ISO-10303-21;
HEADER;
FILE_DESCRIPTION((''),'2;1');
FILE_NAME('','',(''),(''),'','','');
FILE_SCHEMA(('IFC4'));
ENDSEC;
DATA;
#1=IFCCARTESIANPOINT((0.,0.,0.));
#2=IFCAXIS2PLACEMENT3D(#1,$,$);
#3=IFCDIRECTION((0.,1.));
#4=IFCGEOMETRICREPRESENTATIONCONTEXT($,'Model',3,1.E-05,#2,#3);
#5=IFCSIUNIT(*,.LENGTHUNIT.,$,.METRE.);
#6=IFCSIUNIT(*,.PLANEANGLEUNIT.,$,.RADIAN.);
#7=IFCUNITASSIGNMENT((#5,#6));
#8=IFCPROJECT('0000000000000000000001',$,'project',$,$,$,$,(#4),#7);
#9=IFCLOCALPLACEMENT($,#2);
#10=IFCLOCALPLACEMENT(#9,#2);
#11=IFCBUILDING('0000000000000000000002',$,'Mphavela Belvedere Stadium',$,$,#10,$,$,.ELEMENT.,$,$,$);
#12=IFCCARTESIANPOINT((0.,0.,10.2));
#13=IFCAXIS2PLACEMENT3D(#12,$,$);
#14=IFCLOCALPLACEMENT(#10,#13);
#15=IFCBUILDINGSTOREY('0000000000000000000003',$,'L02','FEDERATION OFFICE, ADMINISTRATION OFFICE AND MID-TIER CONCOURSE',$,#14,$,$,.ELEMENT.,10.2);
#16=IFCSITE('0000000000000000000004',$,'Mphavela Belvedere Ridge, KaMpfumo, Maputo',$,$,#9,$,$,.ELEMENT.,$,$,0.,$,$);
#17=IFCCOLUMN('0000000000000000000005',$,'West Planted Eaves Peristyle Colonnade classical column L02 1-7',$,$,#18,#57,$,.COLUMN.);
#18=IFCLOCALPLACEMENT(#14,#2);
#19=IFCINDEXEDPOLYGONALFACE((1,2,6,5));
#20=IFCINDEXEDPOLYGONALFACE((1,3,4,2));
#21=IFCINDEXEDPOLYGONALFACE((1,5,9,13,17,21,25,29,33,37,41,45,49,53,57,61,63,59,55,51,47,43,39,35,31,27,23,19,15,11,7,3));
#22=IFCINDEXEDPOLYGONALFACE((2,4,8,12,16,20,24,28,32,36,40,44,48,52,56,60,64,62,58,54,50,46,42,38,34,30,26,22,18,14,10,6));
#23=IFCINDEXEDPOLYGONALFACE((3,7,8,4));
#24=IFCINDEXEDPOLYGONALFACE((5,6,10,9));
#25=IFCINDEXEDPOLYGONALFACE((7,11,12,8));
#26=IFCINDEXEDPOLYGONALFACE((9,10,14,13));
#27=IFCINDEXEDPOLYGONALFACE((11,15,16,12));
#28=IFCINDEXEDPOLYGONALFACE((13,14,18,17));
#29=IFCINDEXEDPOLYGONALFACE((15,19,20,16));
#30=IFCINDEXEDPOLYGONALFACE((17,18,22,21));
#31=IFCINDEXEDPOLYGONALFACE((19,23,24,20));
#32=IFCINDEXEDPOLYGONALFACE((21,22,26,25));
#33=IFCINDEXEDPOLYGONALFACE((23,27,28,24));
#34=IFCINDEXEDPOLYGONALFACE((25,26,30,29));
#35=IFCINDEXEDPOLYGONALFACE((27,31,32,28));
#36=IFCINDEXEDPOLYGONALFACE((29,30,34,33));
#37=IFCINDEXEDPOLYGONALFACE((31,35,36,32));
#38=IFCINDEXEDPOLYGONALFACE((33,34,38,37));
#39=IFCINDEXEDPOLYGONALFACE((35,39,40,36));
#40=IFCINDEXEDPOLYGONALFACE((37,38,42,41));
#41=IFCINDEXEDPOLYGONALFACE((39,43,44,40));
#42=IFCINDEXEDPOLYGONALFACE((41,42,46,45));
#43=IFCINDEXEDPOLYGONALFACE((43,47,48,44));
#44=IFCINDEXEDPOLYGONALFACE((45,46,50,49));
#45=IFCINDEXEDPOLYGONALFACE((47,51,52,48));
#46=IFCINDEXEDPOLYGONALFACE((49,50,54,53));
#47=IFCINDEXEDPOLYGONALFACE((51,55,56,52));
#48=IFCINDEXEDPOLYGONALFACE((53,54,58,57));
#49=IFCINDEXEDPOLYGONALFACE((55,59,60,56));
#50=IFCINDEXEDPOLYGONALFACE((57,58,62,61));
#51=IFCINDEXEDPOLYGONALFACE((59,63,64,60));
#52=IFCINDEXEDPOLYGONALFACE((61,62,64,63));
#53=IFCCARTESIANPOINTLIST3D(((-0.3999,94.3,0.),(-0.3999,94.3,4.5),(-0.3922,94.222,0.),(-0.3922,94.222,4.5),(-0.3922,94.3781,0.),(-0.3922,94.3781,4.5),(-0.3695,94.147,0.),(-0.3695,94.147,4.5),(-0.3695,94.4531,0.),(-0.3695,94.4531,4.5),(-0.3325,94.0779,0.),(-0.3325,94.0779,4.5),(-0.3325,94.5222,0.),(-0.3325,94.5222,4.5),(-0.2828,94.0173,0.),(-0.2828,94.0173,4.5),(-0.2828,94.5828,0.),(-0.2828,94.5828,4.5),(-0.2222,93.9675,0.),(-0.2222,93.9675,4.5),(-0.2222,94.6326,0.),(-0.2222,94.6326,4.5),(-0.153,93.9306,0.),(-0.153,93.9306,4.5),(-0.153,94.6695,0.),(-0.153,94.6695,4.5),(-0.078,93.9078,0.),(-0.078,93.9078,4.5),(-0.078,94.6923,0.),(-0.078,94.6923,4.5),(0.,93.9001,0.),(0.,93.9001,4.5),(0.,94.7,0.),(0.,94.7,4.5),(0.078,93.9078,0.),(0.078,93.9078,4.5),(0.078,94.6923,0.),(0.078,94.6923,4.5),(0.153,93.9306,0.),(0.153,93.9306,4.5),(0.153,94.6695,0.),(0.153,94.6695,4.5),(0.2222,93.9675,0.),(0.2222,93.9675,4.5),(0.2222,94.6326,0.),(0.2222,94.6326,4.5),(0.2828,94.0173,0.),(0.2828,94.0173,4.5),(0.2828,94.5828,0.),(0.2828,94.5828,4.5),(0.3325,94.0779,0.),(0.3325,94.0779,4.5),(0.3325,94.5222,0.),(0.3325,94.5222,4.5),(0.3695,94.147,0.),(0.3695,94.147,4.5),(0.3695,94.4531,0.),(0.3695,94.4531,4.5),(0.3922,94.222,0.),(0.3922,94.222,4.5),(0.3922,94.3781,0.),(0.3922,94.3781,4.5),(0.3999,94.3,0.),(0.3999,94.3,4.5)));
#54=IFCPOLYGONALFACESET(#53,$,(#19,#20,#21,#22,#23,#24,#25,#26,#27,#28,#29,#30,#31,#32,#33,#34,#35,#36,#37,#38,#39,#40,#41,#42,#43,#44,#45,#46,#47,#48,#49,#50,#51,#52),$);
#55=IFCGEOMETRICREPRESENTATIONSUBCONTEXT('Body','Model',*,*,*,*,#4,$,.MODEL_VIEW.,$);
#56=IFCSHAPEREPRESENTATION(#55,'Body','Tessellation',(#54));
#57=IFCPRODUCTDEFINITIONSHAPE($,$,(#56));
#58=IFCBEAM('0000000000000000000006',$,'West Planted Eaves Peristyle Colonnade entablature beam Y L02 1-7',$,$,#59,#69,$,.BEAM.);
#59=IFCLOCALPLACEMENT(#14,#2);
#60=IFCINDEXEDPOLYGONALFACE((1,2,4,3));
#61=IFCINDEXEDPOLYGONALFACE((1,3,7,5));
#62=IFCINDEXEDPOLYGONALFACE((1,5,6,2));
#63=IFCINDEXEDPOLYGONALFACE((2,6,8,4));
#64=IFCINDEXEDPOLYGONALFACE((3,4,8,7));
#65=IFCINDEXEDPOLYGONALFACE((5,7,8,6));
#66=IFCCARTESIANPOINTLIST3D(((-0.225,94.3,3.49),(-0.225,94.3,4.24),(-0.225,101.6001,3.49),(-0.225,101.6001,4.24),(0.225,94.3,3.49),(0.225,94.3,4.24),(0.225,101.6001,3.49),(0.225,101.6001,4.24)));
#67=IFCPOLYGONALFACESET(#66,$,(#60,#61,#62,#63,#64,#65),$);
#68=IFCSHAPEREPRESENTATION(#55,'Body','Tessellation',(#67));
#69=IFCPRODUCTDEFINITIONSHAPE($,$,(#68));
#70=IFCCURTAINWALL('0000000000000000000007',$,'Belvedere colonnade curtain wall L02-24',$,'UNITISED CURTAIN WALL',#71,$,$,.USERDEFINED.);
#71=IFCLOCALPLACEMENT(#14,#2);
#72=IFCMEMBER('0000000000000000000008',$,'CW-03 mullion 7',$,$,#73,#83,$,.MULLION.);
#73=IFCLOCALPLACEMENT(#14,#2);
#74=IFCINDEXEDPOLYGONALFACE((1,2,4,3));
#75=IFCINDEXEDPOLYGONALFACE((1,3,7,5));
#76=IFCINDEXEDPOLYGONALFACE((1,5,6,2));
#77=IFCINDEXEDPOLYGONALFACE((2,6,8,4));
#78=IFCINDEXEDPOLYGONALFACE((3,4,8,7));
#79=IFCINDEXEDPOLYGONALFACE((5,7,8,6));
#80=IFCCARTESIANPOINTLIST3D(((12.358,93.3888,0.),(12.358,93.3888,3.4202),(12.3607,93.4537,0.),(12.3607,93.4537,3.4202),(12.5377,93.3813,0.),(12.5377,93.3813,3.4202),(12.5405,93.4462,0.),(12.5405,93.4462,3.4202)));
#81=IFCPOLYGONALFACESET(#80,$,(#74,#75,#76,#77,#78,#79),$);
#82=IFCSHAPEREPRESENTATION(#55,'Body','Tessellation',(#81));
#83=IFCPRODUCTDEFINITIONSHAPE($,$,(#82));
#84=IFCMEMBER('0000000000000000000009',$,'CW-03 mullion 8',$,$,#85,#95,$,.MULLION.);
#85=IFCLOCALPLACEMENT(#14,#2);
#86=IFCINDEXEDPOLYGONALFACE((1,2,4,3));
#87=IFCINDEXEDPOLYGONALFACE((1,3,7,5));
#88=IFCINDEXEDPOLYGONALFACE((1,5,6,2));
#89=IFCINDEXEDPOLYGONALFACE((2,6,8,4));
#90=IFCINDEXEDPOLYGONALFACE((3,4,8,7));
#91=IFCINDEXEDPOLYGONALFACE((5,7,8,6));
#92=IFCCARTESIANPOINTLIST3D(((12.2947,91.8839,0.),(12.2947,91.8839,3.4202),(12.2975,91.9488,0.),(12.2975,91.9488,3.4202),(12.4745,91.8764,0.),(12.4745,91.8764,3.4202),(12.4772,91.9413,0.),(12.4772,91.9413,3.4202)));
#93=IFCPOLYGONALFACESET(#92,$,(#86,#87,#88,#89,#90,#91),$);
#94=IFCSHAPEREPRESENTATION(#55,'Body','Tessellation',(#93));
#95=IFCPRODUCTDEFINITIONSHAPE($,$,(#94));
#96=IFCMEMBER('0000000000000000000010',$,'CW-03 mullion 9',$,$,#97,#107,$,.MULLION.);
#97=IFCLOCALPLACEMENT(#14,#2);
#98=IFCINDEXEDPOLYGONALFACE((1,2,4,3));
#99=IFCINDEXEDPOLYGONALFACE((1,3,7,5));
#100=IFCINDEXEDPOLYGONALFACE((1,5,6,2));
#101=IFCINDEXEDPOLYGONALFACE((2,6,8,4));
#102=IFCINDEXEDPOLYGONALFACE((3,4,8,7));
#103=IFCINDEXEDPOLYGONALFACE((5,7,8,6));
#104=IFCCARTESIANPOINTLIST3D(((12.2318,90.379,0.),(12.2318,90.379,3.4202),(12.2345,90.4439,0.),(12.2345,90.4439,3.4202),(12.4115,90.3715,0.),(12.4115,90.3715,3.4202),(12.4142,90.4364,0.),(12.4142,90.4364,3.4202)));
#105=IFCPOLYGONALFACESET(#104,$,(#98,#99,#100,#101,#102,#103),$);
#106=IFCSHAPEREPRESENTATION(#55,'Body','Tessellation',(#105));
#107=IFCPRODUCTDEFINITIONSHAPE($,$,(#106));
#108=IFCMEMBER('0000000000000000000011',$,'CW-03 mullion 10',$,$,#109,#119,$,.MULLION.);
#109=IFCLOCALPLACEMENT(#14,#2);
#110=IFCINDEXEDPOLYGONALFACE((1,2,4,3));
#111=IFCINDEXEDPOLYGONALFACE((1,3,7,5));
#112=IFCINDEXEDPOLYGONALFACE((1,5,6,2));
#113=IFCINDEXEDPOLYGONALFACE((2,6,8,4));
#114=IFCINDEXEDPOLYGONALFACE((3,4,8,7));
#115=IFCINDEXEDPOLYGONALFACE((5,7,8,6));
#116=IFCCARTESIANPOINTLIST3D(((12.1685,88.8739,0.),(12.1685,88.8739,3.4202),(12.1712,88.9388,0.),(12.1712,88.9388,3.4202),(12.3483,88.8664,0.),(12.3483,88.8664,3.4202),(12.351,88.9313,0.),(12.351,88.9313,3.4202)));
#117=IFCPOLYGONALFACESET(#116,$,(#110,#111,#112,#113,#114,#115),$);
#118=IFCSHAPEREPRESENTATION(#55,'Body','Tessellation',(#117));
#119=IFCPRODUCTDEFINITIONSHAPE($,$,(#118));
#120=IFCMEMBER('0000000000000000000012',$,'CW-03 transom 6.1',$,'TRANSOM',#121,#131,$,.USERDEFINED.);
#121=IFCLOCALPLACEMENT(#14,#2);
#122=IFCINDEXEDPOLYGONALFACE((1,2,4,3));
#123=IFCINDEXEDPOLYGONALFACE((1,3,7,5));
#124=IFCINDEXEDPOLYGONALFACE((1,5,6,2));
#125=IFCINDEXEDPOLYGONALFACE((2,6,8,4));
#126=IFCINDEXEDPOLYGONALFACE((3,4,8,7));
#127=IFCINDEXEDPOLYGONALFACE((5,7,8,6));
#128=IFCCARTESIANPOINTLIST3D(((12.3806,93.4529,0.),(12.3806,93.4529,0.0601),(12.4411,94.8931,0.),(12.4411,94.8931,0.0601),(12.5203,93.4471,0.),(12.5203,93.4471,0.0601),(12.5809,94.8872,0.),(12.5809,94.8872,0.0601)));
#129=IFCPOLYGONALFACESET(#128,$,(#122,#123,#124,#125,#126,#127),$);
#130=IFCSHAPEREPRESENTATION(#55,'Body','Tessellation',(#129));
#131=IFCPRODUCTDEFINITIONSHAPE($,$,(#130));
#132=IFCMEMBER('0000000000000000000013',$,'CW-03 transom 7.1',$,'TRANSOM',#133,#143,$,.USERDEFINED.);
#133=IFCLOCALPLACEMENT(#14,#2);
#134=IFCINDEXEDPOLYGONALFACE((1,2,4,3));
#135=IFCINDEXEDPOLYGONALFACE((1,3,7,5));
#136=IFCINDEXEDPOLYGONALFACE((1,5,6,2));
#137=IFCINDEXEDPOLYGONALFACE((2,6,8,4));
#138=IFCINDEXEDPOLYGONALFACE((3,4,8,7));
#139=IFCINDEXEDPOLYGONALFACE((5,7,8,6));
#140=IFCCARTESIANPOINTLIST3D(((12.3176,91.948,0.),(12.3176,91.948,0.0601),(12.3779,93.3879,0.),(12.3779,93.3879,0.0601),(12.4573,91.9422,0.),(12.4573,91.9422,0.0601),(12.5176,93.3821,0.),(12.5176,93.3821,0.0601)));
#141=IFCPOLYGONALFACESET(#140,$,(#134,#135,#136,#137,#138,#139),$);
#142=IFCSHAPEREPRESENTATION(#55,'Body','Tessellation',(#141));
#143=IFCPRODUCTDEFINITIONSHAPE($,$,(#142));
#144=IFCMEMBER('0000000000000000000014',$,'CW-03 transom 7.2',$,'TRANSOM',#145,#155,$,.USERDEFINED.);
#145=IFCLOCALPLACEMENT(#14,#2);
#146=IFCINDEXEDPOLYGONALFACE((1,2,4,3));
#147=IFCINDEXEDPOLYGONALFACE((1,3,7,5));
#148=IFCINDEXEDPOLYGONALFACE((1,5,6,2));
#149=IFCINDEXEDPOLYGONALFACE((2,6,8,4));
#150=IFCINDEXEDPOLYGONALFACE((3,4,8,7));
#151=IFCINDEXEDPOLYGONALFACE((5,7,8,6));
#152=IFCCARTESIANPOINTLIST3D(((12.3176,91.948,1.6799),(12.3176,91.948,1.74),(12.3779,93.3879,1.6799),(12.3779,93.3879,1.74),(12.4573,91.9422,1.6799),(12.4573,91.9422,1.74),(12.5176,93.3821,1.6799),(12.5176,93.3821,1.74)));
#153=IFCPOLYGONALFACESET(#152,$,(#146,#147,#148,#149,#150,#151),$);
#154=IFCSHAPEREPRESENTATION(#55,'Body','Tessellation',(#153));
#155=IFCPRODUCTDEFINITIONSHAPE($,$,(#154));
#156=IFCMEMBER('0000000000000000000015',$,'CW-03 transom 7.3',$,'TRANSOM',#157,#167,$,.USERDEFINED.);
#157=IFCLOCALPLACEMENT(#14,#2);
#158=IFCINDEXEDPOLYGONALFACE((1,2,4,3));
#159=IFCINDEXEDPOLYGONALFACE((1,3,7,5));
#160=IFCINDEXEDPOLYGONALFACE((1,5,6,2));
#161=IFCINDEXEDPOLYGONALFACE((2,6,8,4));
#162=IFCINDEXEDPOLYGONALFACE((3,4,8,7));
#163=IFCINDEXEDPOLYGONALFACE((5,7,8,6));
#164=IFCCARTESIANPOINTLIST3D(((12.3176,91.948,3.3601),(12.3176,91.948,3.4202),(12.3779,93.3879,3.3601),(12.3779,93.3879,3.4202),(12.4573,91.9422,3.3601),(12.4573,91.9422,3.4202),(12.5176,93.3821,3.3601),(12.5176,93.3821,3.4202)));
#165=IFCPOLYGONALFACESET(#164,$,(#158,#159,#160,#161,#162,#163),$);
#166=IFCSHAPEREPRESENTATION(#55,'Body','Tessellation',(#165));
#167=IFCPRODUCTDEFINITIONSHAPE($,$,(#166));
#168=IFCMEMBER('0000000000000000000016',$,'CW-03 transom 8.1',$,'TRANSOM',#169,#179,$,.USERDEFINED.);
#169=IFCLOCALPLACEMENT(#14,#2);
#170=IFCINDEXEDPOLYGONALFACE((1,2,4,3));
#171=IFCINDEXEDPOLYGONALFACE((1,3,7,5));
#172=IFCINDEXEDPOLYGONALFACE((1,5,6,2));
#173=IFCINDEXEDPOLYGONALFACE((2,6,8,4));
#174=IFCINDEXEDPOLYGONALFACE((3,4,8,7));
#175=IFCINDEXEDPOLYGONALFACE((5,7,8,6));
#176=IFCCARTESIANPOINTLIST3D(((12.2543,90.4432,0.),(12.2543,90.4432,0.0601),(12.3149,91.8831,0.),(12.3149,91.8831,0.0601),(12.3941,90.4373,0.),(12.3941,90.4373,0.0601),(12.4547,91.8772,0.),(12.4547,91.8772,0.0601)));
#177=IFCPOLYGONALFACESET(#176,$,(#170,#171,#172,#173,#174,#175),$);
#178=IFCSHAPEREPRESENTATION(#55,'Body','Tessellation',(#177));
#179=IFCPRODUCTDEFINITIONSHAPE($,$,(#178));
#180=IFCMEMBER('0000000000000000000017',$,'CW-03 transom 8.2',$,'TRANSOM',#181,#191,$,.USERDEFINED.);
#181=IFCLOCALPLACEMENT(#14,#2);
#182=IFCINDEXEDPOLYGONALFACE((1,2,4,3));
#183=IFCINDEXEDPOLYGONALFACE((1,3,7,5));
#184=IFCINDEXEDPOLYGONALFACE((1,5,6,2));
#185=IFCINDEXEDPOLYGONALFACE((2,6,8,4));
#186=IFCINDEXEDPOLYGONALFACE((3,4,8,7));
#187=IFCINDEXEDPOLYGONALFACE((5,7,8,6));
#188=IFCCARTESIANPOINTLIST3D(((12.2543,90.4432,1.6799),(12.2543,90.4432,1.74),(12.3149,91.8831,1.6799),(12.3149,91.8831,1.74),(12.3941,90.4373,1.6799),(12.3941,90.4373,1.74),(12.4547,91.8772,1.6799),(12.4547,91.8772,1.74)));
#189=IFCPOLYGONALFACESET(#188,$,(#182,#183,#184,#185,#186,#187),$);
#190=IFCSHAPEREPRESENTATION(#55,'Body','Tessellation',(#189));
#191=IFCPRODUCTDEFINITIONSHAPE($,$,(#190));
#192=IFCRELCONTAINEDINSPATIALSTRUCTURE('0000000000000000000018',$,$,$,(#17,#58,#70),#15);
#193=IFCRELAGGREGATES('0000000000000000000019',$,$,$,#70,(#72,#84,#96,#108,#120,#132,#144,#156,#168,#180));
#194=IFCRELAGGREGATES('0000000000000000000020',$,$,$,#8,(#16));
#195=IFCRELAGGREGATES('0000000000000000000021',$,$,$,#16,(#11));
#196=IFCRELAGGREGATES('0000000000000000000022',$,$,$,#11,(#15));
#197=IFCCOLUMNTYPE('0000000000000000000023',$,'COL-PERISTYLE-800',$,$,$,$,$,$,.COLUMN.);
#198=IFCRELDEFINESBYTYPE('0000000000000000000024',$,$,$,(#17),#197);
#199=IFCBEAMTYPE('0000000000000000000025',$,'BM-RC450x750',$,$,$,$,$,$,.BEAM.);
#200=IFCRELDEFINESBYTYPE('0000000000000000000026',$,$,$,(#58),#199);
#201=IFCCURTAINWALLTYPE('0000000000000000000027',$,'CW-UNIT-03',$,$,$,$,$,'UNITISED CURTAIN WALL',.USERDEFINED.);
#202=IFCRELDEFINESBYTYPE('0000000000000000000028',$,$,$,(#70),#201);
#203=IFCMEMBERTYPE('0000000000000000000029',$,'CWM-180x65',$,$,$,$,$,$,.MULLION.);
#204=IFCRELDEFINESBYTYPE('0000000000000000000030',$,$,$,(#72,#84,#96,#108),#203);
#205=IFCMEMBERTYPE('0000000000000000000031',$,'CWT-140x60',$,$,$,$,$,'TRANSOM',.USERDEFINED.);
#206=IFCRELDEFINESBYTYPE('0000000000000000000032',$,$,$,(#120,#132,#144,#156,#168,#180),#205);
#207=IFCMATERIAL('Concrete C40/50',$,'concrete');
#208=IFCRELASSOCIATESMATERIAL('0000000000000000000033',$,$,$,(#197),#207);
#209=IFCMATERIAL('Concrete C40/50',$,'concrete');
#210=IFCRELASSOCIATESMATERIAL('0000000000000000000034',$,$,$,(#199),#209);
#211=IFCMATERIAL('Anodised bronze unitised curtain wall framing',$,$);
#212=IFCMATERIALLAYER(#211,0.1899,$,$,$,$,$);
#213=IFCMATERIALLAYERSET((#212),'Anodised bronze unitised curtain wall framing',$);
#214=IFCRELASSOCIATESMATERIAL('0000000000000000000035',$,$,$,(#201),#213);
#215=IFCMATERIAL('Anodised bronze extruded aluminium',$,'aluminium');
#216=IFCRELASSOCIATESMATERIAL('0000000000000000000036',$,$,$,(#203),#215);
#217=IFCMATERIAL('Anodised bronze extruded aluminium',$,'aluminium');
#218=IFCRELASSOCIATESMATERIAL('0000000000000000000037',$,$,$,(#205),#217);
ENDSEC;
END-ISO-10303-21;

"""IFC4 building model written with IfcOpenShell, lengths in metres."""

from ifc_helpers import new_model, si_unit, direction, frame, origin, origin_2d, place, context, subcontext, project, spatial, rectangle, circle, extrude, material, layer, layer_set, material_profile, profile_set, type_object, element, aggregate, save


model = new_model("IFC4")

# Units and contexts
model_context = context("Model", 3, precision=1e-05, world=origin(), true_north=direction((0.0, 1.0)))
body_context = subcontext(model_context, "Body", "Model", "MODEL_VIEW")
ifc_project = project(units=[si_unit("LENGTHUNIT", "METRE"), si_unit("PLANEANGLEUNIT", "RADIAN")], contexts=[model_context])

# Site, building, storey
site_placement = place(None, origin())
site = spatial("IfcSite", under=ifc_project, at=site_placement, Name="Mphavela Belvedere Ridge, KaMpfumo, Maputo", CompositionType="ELEMENT", RefElevation=0.0)
building_placement = place(site_placement, origin())
building = spatial("IfcBuilding", under=site, at=building_placement, Name="Mphavela Belvedere Stadium", CompositionType="ELEMENT")
storey_placement = place(building_placement, frame((0.0, 0.0, 10.2)))
storey = spatial("IfcBuildingStorey", under=building, at=storey_placement, Name="L02", Description="FEDERATION OFFICE, ADMINISTRATION OFFICE AND MID-TIER CONCOURSE", CompositionType="ELEMENT", Elevation=10.2)

# Column
ifc_material_1 = material(Name="Concrete C40/50", Category="concrete")
ifc_material_profile_1 = material_profile(ifc_material_1, circle(Radius=0.3999, at=origin_2d()), Name="COL D800")
ifc_profile_set_1 = profile_set([ifc_material_profile_1], Name="Concrete C40/50")
column_type = type_object("IfcColumnType", Name="COL-PERISTYLE-800", PredefinedType="COLUMN", material=ifc_profile_set_1)
column_placement = place(storey_placement, frame((0.0, 94.3, 0.0), z_axis=(0.0, 0.0, 1.0), x_axis=(1.0, 0.0, 0.0)))
element("IfcColumn", 1, at=column_placement, inside=storey, type_object=column_type, Name="West Planted Eaves Peristyle Colonnade classical column L02 1-7", PredefinedType="COLUMN", context=body_context, shape_type="SweptSolid", body=[
    extrude(circle(Radius=0.3999, at=origin_2d()), origin(), (0.0, 0.0, 1.0), 4.5),
])

# Beam
ifc_material_2 = material(Name="Concrete C40/50", Category="concrete")
ifc_material_profile_2 = material_profile(ifc_material_2, rectangle(XDim=0.45, YDim=0.75, at=origin_2d()), Name="RC 450x750")
ifc_profile_set_2 = profile_set([ifc_material_profile_2], Name="Concrete C40/50")
beam_type = type_object("IfcBeamType", Name="BM-RC450x750", PredefinedType="BEAM", material=ifc_profile_set_2)
beam_placement = place(storey_placement, frame((0.0, 94.3, 3.865), z_axis=(0.0, 1.0, 0.0), x_axis=(-1.0, 0.0, 0.0)))
element("IfcBeam", 2, at=beam_placement, inside=storey, type_object=beam_type, Name="West Planted Eaves Peristyle Colonnade entablature beam Y L02 1-7", PredefinedType="BEAM", context=body_context, shape_type="SweptSolid", body=[
    extrude(rectangle(XDim=0.45, YDim=0.75, at=origin_2d()), origin(), (0.0, 0.0, 1.0), 7.3),
])

# Curtain wall, members
ifc_material_3 = material(Name="Anodised bronze unitised curtain wall framing")
ifc_layer_1 = layer(ifc_material_3, 0.1899)
ifc_layer_set_1 = layer_set([ifc_layer_1], Name="Anodised bronze unitised curtain wall framing")
curtain_wall_type = type_object("IfcCurtainWallType", Name="CW-UNIT-03", ElementType="UNITISED CURTAIN WALL", PredefinedType="USERDEFINED", material=ifc_layer_set_1)
curtain_wall_placement = place(storey_placement, origin())
curtain_wall = element("IfcCurtainWall", 3, at=curtain_wall_placement, inside=storey, type_object=curtain_wall_type, Name="Belvedere colonnade curtain wall L02-24", ObjectType="UNITISED CURTAIN WALL", PredefinedType="USERDEFINED")
ifc_material_4 = material(Name="Anodised bronze extruded aluminium", Category="aluminium")
ifc_material_profile_3 = material_profile(ifc_material_4, rectangle(XDim=0.1799, YDim=0.0649, at=origin_2d()), Name="CW-MUL 180x65")
ifc_profile_set_3 = profile_set([ifc_material_profile_3], Name="Anodised bronze extruded aluminium")
member_type_1 = type_object("IfcMemberType", Name="CWM-180x65", PredefinedType="MULLION", material=ifc_profile_set_3)
member_1_placement = place(storey_placement, frame((12.4492, 93.4175, 0.0), z_axis=(0.0, 0.0, 1.0), x_axis=(0.999122, -0.041904, 0.0)))
member_1 = element("IfcMember", 4, at=member_1_placement, type_object=member_type_1, Name="CW-03 mullion 7", PredefinedType="MULLION", context=body_context, shape_type="SweptSolid", body=[
    extrude(rectangle(XDim=0.1799, YDim=0.0649, at=origin_2d()), origin(), (0.0, 0.0, 1.0), 3.4202),
])
member_2_placement = place(storey_placement, frame((12.386, 91.9126, 0.0), z_axis=(0.0, 0.0, 1.0), x_axis=(0.999122, -0.041904, 0.0)))
member_2 = element("IfcMember", 5, at=member_2_placement, type_object=member_type_1, Name="CW-03 mullion 8", PredefinedType="MULLION", context=body_context, shape_type="SweptSolid", body=[
    extrude(rectangle(XDim=0.1799, YDim=0.0649, at=origin_2d()), origin(), (0.0, 0.0, 1.0), 3.4202),
])
member_3_placement = place(storey_placement, frame((12.323, 90.4077, 0.0), z_axis=(0.0, 0.0, 1.0), x_axis=(0.999122, -0.041904, 0.0)))
member_3 = element("IfcMember", 6, at=member_3_placement, type_object=member_type_1, Name="CW-03 mullion 9", PredefinedType="MULLION", context=body_context, shape_type="SweptSolid", body=[
    extrude(rectangle(XDim=0.1799, YDim=0.0649, at=origin_2d()), origin(), (0.0, 0.0, 1.0), 3.4202),
])
member_4_placement = place(storey_placement, frame((12.2598, 88.9026, 0.0), z_axis=(0.0, 0.0, 1.0), x_axis=(0.999122, -0.041904, 0.0)))
member_4 = element("IfcMember", 7, at=member_4_placement, type_object=member_type_1, Name="CW-03 mullion 10", PredefinedType="MULLION", context=body_context, shape_type="SweptSolid", body=[
    extrude(rectangle(XDim=0.1799, YDim=0.0649, at=origin_2d()), origin(), (0.0, 0.0, 1.0), 3.4202),
])
ifc_material_5 = material(Name="Anodised bronze extruded aluminium", Category="aluminium")
ifc_material_profile_4 = material_profile(ifc_material_5, rectangle(XDim=0.1399, YDim=0.0601, at=origin_2d()), Name="CW-TRN 140x60")
ifc_profile_set_4 = profile_set([ifc_material_profile_4], Name="Anodised bronze extruded aluminium")
member_type_2 = type_object("IfcMemberType", Name="CWT-140x60", ElementType="TRANSOM", PredefinedType="USERDEFINED", material=ifc_profile_set_4)
member_5_placement = place(storey_placement, frame((12.511, 94.8901, 0.03), z_axis=(-0.042004, -0.999117, 0.0), x_axis=(0.999117, -0.042004, 0.0)))
member_5 = element("IfcMember", 8, at=member_5_placement, type_object=member_type_2, Name="CW-03 transom 6.1", ObjectType="TRANSOM", PredefinedType="USERDEFINED", context=body_context, shape_type="SweptSolid", body=[
    extrude(rectangle(XDim=0.1399, YDim=0.0601, at=origin_2d()), origin(), (0.0, 0.0, 1.0), 1.4414),
])
member_6_placement = place(storey_placement, frame((12.4478, 93.385, 0.03), z_axis=(-0.041842, -0.999124, 0.0), x_axis=(0.999124, -0.041842, 0.0)))
member_6 = element("IfcMember", 9, at=member_6_placement, type_object=member_type_2, Name="CW-03 transom 7.1", ObjectType="TRANSOM", PredefinedType="USERDEFINED", context=body_context, shape_type="SweptSolid", body=[
    extrude(rectangle(XDim=0.1399, YDim=0.0601, at=origin_2d()), origin(), (0.0, 0.0, 1.0), 1.4412),
])
member_7_placement = place(storey_placement, frame((12.4478, 93.385, 1.71), z_axis=(-0.041842, -0.999124, 0.0), x_axis=(0.999124, -0.041842, 0.0)))
member_7 = element("IfcMember", 10, at=member_7_placement, type_object=member_type_2, Name="CW-03 transom 7.2", ObjectType="TRANSOM", PredefinedType="USERDEFINED", context=body_context, shape_type="SweptSolid", body=[
    extrude(rectangle(XDim=0.1399, YDim=0.0601, at=origin_2d()), origin(), (0.0, 0.0, 1.0), 1.4412),
])
member_8_placement = place(storey_placement, frame((12.4478, 93.385, 3.3901), z_axis=(-0.041842, -0.999124, 0.0), x_axis=(0.999124, -0.041842, 0.0)))
member_8 = element("IfcMember", 11, at=member_8_placement, type_object=member_type_2, Name="CW-03 transom 7.3", ObjectType="TRANSOM", PredefinedType="USERDEFINED", context=body_context, shape_type="SweptSolid", body=[
    extrude(rectangle(XDim=0.1399, YDim=0.0601, at=origin_2d()), origin(), (0.0, 0.0, 1.0), 1.4412),
])
member_9_placement = place(storey_placement, frame((12.3848, 91.8801, 0.03), z_axis=(-0.042011, -0.999117, 0.0), x_axis=(0.999117, -0.042011, 0.0)))
member_9 = element("IfcMember", 12, at=member_9_placement, type_object=member_type_2, Name="CW-03 transom 8.1", ObjectType="TRANSOM", PredefinedType="USERDEFINED", context=body_context, shape_type="SweptSolid", body=[
    extrude(rectangle(XDim=0.1399, YDim=0.0601, at=origin_2d()), origin(), (0.0, 0.0, 1.0), 1.4412),
])
member_10_placement = place(storey_placement, frame((12.3848, 91.8801, 1.71), z_axis=(-0.042011, -0.999117, 0.0), x_axis=(0.999117, -0.042011, 0.0)))
member_10 = element("IfcMember", 13, at=member_10_placement, type_object=member_type_2, Name="CW-03 transom 8.2", ObjectType="TRANSOM", PredefinedType="USERDEFINED", context=body_context, shape_type="SweptSolid", body=[
    extrude(rectangle(XDim=0.1399, YDim=0.0601, at=origin_2d()), origin(), (0.0, 0.0, 1.0), 1.4412),
])
aggregate(curtain_wall, [member_1, member_2, member_3, member_4, member_5, member_6, member_7, member_8, member_9, member_10])

save(model, "model.ifc")
